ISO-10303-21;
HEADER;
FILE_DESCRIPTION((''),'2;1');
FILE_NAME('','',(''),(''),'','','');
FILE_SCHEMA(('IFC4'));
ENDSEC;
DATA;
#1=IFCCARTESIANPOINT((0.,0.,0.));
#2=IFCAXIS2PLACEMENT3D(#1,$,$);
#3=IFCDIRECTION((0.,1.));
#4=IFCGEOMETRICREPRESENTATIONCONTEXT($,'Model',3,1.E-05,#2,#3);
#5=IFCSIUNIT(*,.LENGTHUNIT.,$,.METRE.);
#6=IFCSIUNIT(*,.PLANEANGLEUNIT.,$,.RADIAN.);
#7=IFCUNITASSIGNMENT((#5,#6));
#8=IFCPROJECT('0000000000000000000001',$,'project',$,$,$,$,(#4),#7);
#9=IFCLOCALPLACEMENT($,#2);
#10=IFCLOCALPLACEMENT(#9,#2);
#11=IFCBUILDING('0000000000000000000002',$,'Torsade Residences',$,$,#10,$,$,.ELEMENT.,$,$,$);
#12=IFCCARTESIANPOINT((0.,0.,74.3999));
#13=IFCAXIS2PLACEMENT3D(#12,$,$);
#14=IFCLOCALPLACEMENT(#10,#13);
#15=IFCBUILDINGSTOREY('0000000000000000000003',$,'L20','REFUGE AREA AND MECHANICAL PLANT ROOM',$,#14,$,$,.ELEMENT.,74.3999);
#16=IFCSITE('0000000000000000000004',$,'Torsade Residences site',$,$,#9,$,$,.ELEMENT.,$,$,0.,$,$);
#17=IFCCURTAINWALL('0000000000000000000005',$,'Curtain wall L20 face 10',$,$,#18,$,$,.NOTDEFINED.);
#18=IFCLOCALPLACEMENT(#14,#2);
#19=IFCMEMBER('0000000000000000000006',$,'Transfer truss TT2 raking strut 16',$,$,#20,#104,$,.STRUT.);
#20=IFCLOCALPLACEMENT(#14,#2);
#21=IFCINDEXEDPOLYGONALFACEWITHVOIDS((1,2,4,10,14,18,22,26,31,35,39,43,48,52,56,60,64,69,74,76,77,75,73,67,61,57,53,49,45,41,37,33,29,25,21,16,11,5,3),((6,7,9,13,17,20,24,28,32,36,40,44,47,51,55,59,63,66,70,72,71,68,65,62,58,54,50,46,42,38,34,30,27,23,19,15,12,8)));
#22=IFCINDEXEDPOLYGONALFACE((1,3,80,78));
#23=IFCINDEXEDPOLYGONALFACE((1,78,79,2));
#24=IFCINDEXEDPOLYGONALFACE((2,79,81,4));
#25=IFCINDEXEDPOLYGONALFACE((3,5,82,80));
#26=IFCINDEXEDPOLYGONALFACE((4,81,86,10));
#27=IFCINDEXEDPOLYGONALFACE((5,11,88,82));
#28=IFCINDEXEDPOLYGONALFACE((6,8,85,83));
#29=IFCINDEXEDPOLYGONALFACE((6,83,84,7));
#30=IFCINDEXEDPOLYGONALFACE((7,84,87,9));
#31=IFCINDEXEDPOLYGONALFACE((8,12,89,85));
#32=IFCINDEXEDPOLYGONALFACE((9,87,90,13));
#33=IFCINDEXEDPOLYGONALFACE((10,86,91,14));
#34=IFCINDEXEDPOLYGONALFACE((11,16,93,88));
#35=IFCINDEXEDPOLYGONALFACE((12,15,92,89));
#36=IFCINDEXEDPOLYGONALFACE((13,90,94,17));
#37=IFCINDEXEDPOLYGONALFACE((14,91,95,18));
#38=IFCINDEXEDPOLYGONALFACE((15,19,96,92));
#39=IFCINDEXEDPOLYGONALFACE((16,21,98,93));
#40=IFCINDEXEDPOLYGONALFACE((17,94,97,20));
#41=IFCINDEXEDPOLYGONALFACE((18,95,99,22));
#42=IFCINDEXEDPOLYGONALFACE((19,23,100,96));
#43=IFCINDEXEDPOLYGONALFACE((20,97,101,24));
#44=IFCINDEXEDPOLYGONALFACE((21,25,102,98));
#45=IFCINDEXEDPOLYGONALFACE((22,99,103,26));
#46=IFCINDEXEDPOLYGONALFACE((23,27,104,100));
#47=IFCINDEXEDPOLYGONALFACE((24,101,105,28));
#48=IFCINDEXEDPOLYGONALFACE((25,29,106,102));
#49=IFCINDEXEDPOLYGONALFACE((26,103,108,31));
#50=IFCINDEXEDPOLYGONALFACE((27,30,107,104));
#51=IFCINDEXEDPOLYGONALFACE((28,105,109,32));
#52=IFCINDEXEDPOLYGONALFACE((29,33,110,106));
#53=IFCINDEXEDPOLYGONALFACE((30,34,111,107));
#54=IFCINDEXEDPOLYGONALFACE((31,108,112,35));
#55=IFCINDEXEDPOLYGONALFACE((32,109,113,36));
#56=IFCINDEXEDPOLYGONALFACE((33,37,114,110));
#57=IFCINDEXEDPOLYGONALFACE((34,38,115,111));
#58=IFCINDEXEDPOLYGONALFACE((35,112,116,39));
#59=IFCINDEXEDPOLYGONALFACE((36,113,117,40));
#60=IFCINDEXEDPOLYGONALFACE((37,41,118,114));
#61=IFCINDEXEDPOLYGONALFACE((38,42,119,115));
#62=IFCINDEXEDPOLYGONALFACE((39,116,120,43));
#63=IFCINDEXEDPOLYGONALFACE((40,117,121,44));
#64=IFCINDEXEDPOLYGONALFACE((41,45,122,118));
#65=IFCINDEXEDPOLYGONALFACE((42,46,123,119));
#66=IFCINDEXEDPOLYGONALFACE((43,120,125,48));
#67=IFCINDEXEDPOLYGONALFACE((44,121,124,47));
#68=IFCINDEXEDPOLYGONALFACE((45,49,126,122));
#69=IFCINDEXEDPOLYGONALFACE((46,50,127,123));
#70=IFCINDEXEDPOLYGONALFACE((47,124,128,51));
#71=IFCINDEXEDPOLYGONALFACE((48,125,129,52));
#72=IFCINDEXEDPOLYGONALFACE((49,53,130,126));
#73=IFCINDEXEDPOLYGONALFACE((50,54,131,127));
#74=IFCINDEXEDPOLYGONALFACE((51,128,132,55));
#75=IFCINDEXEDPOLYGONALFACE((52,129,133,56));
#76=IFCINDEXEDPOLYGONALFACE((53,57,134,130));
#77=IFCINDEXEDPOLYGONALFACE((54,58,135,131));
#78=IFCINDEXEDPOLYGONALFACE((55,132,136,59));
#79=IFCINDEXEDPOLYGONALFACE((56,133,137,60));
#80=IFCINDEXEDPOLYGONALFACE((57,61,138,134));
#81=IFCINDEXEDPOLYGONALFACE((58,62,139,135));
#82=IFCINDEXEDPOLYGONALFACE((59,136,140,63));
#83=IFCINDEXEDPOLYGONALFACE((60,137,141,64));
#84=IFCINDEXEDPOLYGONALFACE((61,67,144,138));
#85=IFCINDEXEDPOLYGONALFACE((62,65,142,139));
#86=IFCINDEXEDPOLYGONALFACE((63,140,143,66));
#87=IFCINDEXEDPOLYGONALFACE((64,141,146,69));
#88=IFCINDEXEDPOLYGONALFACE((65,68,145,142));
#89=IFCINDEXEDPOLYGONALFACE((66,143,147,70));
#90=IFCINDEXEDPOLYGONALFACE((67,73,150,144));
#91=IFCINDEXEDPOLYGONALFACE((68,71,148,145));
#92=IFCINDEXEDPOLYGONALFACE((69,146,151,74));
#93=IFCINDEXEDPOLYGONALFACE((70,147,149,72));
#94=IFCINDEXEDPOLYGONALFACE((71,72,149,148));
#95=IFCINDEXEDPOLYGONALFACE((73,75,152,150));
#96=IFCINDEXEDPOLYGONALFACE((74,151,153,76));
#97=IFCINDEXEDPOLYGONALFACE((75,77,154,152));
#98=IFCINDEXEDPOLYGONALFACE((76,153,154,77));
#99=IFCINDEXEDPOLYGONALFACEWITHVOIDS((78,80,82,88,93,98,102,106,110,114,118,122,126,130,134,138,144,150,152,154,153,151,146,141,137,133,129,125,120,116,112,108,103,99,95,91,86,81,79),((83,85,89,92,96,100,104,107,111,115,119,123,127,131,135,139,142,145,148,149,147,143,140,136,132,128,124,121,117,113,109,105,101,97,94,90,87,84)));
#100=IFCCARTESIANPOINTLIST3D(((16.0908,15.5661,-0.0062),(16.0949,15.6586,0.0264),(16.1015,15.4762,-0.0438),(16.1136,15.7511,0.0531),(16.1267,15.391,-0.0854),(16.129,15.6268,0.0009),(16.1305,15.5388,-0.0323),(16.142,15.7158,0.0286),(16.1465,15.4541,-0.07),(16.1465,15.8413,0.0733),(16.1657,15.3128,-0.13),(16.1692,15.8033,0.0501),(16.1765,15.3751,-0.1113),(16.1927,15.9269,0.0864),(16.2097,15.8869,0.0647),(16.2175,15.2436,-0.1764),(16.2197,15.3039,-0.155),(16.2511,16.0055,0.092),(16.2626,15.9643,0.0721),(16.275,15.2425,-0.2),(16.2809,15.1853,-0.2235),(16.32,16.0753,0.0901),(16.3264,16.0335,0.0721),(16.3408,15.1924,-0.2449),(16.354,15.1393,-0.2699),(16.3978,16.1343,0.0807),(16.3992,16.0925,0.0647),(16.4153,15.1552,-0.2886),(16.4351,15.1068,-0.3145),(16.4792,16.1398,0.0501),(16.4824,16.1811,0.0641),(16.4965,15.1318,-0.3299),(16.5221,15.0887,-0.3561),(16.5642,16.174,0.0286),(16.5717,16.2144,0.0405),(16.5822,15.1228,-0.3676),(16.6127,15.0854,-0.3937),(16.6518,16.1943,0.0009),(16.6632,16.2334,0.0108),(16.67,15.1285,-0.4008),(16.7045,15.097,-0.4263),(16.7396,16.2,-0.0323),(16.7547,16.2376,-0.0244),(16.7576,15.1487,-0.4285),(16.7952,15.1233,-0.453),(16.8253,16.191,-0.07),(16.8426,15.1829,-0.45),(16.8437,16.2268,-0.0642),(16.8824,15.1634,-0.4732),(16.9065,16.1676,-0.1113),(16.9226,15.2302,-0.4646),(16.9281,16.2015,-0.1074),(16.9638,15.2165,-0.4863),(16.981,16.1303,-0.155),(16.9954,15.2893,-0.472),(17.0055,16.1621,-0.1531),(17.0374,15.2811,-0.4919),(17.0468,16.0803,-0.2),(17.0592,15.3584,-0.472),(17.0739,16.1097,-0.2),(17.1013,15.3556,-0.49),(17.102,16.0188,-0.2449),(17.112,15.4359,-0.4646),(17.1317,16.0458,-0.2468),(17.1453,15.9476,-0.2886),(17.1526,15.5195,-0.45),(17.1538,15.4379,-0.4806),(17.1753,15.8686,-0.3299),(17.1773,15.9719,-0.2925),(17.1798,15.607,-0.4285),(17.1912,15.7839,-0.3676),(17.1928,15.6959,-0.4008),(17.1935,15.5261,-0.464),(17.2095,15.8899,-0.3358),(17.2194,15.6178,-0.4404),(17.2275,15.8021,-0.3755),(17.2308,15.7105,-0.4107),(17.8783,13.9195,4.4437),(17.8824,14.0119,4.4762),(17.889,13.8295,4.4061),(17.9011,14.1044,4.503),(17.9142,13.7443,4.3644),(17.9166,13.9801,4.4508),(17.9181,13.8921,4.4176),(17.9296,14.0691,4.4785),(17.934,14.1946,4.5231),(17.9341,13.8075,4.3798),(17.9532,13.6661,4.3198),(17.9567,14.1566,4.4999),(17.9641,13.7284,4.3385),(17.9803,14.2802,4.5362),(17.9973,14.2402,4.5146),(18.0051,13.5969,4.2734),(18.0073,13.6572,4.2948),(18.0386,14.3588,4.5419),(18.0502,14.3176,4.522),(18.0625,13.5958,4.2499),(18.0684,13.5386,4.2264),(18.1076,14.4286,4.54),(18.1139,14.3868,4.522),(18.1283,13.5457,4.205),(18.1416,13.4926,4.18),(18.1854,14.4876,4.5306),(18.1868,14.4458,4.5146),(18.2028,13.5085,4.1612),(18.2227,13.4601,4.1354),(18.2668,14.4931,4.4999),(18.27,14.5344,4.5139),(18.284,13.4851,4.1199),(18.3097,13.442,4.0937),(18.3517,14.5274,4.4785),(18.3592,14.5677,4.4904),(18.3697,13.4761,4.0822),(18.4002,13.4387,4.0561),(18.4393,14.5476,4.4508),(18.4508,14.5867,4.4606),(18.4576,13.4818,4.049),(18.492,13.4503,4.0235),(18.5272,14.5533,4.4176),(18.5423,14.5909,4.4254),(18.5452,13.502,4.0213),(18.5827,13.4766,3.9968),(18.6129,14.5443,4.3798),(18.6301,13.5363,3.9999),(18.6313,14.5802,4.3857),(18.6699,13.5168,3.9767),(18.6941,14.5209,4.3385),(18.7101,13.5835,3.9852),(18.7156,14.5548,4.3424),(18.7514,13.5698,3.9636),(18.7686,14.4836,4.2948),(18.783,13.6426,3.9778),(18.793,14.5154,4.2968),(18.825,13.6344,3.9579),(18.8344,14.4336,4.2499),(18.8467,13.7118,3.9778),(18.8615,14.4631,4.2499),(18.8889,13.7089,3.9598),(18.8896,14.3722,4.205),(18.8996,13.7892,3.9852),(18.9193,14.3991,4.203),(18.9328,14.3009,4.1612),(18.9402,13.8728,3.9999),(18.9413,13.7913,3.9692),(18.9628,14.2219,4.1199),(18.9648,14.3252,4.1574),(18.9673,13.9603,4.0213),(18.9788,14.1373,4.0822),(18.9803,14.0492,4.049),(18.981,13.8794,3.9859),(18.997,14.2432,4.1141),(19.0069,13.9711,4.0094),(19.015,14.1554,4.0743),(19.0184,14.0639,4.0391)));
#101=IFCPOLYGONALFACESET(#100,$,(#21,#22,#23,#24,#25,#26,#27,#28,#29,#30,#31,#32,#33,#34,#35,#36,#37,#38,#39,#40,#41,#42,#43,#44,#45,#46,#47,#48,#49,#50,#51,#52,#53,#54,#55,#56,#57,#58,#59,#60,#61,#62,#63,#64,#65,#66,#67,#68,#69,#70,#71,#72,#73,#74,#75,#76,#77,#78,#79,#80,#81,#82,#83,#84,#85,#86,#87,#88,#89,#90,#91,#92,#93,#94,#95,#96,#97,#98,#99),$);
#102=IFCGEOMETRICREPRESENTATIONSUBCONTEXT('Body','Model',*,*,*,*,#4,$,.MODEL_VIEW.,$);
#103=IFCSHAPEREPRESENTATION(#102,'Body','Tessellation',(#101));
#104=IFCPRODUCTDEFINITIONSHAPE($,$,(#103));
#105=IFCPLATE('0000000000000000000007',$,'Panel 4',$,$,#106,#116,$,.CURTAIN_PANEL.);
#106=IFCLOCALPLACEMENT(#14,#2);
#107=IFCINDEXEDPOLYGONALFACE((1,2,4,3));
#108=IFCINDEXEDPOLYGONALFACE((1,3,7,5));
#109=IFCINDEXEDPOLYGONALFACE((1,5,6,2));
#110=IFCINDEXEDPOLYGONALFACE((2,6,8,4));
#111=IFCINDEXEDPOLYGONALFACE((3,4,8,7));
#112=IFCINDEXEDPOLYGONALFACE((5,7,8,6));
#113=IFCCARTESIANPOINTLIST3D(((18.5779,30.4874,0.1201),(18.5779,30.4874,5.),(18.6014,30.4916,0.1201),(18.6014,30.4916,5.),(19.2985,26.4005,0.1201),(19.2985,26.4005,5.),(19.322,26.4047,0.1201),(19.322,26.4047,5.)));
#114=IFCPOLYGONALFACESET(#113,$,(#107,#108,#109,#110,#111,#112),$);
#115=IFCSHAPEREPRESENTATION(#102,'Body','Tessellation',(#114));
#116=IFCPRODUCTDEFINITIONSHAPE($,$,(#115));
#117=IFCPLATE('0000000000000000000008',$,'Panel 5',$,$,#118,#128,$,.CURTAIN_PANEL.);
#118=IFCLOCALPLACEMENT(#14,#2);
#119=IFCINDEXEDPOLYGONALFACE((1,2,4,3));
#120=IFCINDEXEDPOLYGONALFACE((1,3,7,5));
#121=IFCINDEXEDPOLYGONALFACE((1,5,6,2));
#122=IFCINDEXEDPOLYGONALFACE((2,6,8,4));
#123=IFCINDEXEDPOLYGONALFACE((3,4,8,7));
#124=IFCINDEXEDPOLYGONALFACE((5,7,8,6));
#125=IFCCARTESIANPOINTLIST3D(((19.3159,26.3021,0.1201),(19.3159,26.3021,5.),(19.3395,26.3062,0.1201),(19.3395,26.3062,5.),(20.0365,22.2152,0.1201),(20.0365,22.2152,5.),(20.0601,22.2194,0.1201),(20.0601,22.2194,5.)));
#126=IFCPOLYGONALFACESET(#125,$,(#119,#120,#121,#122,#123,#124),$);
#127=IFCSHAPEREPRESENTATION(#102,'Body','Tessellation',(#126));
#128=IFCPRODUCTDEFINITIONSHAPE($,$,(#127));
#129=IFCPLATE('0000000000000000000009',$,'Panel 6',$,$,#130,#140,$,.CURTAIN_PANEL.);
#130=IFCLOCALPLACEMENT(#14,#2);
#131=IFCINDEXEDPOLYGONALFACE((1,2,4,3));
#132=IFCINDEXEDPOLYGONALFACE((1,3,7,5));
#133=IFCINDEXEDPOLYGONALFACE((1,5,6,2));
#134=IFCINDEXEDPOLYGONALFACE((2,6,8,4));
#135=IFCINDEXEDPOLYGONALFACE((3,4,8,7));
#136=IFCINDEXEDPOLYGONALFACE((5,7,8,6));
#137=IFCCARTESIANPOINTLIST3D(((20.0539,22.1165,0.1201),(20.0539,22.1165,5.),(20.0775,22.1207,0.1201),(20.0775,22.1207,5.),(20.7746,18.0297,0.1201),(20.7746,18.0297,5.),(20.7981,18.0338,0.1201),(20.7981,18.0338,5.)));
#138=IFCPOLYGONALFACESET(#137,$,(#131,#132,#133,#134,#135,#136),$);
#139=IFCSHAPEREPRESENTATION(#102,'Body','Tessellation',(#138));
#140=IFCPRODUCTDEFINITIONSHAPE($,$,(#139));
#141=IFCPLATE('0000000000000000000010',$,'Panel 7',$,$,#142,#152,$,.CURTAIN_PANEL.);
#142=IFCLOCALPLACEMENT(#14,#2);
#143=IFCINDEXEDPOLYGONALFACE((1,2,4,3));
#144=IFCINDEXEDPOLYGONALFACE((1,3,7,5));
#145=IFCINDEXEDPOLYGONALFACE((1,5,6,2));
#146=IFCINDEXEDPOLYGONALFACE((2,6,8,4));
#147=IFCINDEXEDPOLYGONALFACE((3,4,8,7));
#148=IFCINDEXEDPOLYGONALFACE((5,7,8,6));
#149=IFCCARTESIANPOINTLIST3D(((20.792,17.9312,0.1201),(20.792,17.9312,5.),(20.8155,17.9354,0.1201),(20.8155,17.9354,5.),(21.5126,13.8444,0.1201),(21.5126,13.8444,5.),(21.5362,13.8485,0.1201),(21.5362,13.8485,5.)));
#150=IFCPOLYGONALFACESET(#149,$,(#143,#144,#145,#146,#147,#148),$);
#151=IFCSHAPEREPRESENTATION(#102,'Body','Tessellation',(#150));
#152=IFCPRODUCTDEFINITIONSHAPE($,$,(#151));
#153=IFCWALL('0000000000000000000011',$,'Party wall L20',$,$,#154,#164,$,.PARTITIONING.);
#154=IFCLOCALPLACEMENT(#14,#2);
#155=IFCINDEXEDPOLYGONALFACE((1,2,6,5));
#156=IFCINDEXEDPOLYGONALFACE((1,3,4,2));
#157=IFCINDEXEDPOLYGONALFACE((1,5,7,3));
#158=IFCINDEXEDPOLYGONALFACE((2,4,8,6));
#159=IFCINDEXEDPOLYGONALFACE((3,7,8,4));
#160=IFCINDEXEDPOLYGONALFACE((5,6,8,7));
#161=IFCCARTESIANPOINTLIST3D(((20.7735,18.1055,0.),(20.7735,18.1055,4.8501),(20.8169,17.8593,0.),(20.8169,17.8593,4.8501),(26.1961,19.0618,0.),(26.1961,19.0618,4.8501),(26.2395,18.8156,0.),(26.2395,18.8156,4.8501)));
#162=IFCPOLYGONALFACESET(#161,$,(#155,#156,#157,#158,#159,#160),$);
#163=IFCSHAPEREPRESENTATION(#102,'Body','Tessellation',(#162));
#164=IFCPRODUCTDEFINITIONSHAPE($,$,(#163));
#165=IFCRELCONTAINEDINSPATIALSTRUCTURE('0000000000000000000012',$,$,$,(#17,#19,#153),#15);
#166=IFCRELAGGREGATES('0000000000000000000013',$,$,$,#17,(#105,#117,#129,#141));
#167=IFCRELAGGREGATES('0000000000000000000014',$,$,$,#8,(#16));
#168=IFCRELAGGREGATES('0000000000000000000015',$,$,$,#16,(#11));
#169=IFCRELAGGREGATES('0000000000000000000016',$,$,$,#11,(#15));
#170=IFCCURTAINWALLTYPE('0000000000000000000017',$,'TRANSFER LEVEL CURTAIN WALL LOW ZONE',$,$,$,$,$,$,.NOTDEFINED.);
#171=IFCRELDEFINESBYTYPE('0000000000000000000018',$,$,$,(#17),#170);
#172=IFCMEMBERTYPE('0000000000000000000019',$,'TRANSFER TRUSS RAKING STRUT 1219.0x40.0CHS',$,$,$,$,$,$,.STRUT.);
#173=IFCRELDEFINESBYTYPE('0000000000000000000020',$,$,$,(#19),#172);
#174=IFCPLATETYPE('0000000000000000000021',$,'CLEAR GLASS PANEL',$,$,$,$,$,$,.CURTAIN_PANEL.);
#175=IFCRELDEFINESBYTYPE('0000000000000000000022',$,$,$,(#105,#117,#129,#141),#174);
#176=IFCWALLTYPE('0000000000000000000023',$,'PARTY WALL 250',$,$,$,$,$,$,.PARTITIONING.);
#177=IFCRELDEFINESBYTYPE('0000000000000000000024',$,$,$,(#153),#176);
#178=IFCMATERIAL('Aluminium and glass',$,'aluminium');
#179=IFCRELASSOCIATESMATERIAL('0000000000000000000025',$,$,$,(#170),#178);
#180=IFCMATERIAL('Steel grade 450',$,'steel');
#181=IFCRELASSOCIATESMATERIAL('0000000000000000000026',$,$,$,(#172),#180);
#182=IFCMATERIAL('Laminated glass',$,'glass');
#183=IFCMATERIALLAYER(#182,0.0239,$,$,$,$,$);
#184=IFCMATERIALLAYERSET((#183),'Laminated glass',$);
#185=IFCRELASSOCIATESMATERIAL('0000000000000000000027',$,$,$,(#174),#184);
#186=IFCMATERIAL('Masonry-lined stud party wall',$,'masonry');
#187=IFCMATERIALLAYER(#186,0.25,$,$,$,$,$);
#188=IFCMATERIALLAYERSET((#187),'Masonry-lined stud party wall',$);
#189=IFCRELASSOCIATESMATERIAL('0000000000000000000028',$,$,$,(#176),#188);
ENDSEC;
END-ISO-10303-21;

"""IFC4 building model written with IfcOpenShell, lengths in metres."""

from ifc_helpers import new_model, si_unit, direction, frame, frame_2d, origin, origin_2d, place, context, subcontext, project, spatial, rectangle, hollow_circle, extrude, material, layer, layer_set, material_profile, profile_set, type_object, element, aggregate, save


model = new_model("IFC4")

# Units and contexts
model_context = context("Model", 3, precision=1e-05, world=origin(), true_north=direction((0.0, 1.0)))
body_context = subcontext(model_context, "Body", "Model", "MODEL_VIEW")
ifc_project = project(units=[si_unit("LENGTHUNIT", "METRE"), si_unit("PLANEANGLEUNIT", "RADIAN")], contexts=[model_context])

# Site, building, storey
site_placement = place(None, origin())
site = spatial("IfcSite", under=ifc_project, at=site_placement, Name="Torsade Residences site", CompositionType="ELEMENT", RefElevation=0.0)
building_placement = place(site_placement, origin())
building = spatial("IfcBuilding", under=site, at=building_placement, Name="Torsade Residences", CompositionType="ELEMENT")
storey_placement = place(building_placement, frame((0.0, 0.0, 74.3999)))
storey = spatial("IfcBuildingStorey", under=building, at=storey_placement, Name="L20", Description="REFUGE AREA AND MECHANICAL PLANT ROOM", CompositionType="ELEMENT", Elevation=74.3999)

# Curtain wall
ifc_material_1 = material(Name="Aluminium and glass", Category="aluminium")
curtain_wall_type = type_object("IfcCurtainWallType", Name="TRANSFER LEVEL CURTAIN WALL LOW ZONE", PredefinedType="NOTDEFINED", material=ifc_material_1)
curtain_wall_placement = place(storey_placement, origin())
curtain_wall = element("IfcCurtainWall", 1, at=curtain_wall_placement, inside=storey, type_object=curtain_wall_type, Name="Curtain wall L20 face 10", PredefinedType="NOTDEFINED")

# Member
ifc_material_2 = material(Name="Steel grade 450", Category="steel")
ifc_material_profile_1 = material_profile(ifc_material_2, hollow_circle(Radius=0.6096, WallThickness=0.04, at=origin_2d()), Name="1219.0x40.0CHS")
ifc_profile_set_1 = profile_set([ifc_material_profile_1], Name="Steel grade 450")
member_type_1 = type_object("IfcMemberType", Name="TRANSFER TRUSS RAKING STRUT 1219.0x40.0CHS", PredefinedType="STRUT", material=ifc_profile_set_1)
member_1_placement = place(storey_placement, frame((16.6609, 15.6614, -0.2), z_axis=(0.352553, -0.324771, 0.877628), x_axis=(0.677533, 0.735492, 0.0)))
element("IfcMember", 2, at=member_1_placement, inside=storey, type_object=member_type_1, Name="Transfer truss TT2 raking strut 16", PredefinedType="STRUT", context=body_context, shape_type="SweptSolid", body=[
    extrude(hollow_circle(Radius=0.6096, WallThickness=0.04, at=origin_2d()), origin(), (0.0, 0.0, 1.0), 5.0703),
])

# Plates
ifc_material_3 = material(Name="Laminated glass", Category="glass")
ifc_layer_1 = layer(ifc_material_3, 0.0239)
ifc_layer_set_1 = layer_set([ifc_layer_1], Name="Laminated glass")
plate_type = type_object("IfcPlateType", Name="CLEAR GLASS PANEL", PredefinedType="CURTAIN_PANEL", material=ifc_layer_set_1)
plate_1_placement = place(storey_placement, frame((18.95, 28.446, 0.1201), z_axis=(0.0, 0.0, 1.0), x_axis=(0.173648, -0.984808, 0.0)))
plate_1 = element("IfcPlate", 3, at=plate_1_placement, type_object=plate_type, Name="Panel 4", PredefinedType="CURTAIN_PANEL", context=body_context, shape_type="SweptSolid", body=[
    extrude(rectangle(XDim=4.1499, YDim=0.0239, at=origin_2d()), origin(), (0.0, 0.0, 1.0), 4.8799),
])
plate_2_placement = place(storey_placement, frame((19.688, 24.2607, 0.1201), z_axis=(0.0, 0.0, 1.0), x_axis=(0.173648, -0.984808, 0.0)))
plate_2 = element("IfcPlate", 4, at=plate_2_placement, type_object=plate_type, Name="Panel 5", PredefinedType="CURTAIN_PANEL", context=body_context, shape_type="SweptSolid", body=[
    extrude(rectangle(XDim=4.1499, YDim=0.0239, at=origin_2d()), origin(), (0.0, 0.0, 1.0), 4.8799),
])
plate_3_placement = place(storey_placement, frame((20.426, 20.0752, 0.1201), z_axis=(0.0, 0.0, 1.0), x_axis=(0.173648, -0.984808, 0.0)))
plate_3 = element("IfcPlate", 5, at=plate_3_placement, type_object=plate_type, Name="Panel 6", PredefinedType="CURTAIN_PANEL", context=body_context, shape_type="SweptSolid", body=[
    extrude(rectangle(XDim=4.1499, YDim=0.0239, at=origin_2d()), origin(), (0.0, 0.0, 1.0), 4.8799),
])
plate_4_placement = place(storey_placement, frame((21.1641, 15.8899, 0.1201), z_axis=(0.0, 0.0, 1.0), x_axis=(0.173648, -0.984808, 0.0)))
plate_4 = element("IfcPlate", 6, at=plate_4_placement, type_object=plate_type, Name="Panel 7", PredefinedType="CURTAIN_PANEL", context=body_context, shape_type="SweptSolid", body=[
    extrude(rectangle(XDim=4.1499, YDim=0.0239, at=origin_2d()), origin(), (0.0, 0.0, 1.0), 4.8799),
])
aggregate(curtain_wall, [plate_1, plate_2, plate_3, plate_4])

# Wall
ifc_material_4 = material(Name="Masonry-lined stud party wall", Category="masonry")
ifc_layer_2 = layer(ifc_material_4, 0.25)
ifc_layer_set_2 = layer_set([ifc_layer_2], Name="Masonry-lined stud party wall")
wall_type = type_object("IfcWallType", Name="PARTY WALL 250", PredefinedType="PARTITIONING", material=ifc_layer_set_2)
wall_placement = place(storey_placement, frame((20.7952, 17.9824, 0.0), z_axis=(0.0, 0.0, 1.0), x_axis=(0.984803, 0.173674, 0.0)))
element("IfcWall", 7, at=wall_placement, inside=storey, type_object=wall_type, Name="Party wall L20", PredefinedType="PARTITIONING", context=body_context, shape_type="SweptSolid", body=[
    extrude(rectangle(XDim=5.5063, YDim=0.25, at=frame_2d((2.7532, 0.0))), origin(), (0.0, 0.0, 1.0), 4.8501),
])

save(model, "model.ifc")
